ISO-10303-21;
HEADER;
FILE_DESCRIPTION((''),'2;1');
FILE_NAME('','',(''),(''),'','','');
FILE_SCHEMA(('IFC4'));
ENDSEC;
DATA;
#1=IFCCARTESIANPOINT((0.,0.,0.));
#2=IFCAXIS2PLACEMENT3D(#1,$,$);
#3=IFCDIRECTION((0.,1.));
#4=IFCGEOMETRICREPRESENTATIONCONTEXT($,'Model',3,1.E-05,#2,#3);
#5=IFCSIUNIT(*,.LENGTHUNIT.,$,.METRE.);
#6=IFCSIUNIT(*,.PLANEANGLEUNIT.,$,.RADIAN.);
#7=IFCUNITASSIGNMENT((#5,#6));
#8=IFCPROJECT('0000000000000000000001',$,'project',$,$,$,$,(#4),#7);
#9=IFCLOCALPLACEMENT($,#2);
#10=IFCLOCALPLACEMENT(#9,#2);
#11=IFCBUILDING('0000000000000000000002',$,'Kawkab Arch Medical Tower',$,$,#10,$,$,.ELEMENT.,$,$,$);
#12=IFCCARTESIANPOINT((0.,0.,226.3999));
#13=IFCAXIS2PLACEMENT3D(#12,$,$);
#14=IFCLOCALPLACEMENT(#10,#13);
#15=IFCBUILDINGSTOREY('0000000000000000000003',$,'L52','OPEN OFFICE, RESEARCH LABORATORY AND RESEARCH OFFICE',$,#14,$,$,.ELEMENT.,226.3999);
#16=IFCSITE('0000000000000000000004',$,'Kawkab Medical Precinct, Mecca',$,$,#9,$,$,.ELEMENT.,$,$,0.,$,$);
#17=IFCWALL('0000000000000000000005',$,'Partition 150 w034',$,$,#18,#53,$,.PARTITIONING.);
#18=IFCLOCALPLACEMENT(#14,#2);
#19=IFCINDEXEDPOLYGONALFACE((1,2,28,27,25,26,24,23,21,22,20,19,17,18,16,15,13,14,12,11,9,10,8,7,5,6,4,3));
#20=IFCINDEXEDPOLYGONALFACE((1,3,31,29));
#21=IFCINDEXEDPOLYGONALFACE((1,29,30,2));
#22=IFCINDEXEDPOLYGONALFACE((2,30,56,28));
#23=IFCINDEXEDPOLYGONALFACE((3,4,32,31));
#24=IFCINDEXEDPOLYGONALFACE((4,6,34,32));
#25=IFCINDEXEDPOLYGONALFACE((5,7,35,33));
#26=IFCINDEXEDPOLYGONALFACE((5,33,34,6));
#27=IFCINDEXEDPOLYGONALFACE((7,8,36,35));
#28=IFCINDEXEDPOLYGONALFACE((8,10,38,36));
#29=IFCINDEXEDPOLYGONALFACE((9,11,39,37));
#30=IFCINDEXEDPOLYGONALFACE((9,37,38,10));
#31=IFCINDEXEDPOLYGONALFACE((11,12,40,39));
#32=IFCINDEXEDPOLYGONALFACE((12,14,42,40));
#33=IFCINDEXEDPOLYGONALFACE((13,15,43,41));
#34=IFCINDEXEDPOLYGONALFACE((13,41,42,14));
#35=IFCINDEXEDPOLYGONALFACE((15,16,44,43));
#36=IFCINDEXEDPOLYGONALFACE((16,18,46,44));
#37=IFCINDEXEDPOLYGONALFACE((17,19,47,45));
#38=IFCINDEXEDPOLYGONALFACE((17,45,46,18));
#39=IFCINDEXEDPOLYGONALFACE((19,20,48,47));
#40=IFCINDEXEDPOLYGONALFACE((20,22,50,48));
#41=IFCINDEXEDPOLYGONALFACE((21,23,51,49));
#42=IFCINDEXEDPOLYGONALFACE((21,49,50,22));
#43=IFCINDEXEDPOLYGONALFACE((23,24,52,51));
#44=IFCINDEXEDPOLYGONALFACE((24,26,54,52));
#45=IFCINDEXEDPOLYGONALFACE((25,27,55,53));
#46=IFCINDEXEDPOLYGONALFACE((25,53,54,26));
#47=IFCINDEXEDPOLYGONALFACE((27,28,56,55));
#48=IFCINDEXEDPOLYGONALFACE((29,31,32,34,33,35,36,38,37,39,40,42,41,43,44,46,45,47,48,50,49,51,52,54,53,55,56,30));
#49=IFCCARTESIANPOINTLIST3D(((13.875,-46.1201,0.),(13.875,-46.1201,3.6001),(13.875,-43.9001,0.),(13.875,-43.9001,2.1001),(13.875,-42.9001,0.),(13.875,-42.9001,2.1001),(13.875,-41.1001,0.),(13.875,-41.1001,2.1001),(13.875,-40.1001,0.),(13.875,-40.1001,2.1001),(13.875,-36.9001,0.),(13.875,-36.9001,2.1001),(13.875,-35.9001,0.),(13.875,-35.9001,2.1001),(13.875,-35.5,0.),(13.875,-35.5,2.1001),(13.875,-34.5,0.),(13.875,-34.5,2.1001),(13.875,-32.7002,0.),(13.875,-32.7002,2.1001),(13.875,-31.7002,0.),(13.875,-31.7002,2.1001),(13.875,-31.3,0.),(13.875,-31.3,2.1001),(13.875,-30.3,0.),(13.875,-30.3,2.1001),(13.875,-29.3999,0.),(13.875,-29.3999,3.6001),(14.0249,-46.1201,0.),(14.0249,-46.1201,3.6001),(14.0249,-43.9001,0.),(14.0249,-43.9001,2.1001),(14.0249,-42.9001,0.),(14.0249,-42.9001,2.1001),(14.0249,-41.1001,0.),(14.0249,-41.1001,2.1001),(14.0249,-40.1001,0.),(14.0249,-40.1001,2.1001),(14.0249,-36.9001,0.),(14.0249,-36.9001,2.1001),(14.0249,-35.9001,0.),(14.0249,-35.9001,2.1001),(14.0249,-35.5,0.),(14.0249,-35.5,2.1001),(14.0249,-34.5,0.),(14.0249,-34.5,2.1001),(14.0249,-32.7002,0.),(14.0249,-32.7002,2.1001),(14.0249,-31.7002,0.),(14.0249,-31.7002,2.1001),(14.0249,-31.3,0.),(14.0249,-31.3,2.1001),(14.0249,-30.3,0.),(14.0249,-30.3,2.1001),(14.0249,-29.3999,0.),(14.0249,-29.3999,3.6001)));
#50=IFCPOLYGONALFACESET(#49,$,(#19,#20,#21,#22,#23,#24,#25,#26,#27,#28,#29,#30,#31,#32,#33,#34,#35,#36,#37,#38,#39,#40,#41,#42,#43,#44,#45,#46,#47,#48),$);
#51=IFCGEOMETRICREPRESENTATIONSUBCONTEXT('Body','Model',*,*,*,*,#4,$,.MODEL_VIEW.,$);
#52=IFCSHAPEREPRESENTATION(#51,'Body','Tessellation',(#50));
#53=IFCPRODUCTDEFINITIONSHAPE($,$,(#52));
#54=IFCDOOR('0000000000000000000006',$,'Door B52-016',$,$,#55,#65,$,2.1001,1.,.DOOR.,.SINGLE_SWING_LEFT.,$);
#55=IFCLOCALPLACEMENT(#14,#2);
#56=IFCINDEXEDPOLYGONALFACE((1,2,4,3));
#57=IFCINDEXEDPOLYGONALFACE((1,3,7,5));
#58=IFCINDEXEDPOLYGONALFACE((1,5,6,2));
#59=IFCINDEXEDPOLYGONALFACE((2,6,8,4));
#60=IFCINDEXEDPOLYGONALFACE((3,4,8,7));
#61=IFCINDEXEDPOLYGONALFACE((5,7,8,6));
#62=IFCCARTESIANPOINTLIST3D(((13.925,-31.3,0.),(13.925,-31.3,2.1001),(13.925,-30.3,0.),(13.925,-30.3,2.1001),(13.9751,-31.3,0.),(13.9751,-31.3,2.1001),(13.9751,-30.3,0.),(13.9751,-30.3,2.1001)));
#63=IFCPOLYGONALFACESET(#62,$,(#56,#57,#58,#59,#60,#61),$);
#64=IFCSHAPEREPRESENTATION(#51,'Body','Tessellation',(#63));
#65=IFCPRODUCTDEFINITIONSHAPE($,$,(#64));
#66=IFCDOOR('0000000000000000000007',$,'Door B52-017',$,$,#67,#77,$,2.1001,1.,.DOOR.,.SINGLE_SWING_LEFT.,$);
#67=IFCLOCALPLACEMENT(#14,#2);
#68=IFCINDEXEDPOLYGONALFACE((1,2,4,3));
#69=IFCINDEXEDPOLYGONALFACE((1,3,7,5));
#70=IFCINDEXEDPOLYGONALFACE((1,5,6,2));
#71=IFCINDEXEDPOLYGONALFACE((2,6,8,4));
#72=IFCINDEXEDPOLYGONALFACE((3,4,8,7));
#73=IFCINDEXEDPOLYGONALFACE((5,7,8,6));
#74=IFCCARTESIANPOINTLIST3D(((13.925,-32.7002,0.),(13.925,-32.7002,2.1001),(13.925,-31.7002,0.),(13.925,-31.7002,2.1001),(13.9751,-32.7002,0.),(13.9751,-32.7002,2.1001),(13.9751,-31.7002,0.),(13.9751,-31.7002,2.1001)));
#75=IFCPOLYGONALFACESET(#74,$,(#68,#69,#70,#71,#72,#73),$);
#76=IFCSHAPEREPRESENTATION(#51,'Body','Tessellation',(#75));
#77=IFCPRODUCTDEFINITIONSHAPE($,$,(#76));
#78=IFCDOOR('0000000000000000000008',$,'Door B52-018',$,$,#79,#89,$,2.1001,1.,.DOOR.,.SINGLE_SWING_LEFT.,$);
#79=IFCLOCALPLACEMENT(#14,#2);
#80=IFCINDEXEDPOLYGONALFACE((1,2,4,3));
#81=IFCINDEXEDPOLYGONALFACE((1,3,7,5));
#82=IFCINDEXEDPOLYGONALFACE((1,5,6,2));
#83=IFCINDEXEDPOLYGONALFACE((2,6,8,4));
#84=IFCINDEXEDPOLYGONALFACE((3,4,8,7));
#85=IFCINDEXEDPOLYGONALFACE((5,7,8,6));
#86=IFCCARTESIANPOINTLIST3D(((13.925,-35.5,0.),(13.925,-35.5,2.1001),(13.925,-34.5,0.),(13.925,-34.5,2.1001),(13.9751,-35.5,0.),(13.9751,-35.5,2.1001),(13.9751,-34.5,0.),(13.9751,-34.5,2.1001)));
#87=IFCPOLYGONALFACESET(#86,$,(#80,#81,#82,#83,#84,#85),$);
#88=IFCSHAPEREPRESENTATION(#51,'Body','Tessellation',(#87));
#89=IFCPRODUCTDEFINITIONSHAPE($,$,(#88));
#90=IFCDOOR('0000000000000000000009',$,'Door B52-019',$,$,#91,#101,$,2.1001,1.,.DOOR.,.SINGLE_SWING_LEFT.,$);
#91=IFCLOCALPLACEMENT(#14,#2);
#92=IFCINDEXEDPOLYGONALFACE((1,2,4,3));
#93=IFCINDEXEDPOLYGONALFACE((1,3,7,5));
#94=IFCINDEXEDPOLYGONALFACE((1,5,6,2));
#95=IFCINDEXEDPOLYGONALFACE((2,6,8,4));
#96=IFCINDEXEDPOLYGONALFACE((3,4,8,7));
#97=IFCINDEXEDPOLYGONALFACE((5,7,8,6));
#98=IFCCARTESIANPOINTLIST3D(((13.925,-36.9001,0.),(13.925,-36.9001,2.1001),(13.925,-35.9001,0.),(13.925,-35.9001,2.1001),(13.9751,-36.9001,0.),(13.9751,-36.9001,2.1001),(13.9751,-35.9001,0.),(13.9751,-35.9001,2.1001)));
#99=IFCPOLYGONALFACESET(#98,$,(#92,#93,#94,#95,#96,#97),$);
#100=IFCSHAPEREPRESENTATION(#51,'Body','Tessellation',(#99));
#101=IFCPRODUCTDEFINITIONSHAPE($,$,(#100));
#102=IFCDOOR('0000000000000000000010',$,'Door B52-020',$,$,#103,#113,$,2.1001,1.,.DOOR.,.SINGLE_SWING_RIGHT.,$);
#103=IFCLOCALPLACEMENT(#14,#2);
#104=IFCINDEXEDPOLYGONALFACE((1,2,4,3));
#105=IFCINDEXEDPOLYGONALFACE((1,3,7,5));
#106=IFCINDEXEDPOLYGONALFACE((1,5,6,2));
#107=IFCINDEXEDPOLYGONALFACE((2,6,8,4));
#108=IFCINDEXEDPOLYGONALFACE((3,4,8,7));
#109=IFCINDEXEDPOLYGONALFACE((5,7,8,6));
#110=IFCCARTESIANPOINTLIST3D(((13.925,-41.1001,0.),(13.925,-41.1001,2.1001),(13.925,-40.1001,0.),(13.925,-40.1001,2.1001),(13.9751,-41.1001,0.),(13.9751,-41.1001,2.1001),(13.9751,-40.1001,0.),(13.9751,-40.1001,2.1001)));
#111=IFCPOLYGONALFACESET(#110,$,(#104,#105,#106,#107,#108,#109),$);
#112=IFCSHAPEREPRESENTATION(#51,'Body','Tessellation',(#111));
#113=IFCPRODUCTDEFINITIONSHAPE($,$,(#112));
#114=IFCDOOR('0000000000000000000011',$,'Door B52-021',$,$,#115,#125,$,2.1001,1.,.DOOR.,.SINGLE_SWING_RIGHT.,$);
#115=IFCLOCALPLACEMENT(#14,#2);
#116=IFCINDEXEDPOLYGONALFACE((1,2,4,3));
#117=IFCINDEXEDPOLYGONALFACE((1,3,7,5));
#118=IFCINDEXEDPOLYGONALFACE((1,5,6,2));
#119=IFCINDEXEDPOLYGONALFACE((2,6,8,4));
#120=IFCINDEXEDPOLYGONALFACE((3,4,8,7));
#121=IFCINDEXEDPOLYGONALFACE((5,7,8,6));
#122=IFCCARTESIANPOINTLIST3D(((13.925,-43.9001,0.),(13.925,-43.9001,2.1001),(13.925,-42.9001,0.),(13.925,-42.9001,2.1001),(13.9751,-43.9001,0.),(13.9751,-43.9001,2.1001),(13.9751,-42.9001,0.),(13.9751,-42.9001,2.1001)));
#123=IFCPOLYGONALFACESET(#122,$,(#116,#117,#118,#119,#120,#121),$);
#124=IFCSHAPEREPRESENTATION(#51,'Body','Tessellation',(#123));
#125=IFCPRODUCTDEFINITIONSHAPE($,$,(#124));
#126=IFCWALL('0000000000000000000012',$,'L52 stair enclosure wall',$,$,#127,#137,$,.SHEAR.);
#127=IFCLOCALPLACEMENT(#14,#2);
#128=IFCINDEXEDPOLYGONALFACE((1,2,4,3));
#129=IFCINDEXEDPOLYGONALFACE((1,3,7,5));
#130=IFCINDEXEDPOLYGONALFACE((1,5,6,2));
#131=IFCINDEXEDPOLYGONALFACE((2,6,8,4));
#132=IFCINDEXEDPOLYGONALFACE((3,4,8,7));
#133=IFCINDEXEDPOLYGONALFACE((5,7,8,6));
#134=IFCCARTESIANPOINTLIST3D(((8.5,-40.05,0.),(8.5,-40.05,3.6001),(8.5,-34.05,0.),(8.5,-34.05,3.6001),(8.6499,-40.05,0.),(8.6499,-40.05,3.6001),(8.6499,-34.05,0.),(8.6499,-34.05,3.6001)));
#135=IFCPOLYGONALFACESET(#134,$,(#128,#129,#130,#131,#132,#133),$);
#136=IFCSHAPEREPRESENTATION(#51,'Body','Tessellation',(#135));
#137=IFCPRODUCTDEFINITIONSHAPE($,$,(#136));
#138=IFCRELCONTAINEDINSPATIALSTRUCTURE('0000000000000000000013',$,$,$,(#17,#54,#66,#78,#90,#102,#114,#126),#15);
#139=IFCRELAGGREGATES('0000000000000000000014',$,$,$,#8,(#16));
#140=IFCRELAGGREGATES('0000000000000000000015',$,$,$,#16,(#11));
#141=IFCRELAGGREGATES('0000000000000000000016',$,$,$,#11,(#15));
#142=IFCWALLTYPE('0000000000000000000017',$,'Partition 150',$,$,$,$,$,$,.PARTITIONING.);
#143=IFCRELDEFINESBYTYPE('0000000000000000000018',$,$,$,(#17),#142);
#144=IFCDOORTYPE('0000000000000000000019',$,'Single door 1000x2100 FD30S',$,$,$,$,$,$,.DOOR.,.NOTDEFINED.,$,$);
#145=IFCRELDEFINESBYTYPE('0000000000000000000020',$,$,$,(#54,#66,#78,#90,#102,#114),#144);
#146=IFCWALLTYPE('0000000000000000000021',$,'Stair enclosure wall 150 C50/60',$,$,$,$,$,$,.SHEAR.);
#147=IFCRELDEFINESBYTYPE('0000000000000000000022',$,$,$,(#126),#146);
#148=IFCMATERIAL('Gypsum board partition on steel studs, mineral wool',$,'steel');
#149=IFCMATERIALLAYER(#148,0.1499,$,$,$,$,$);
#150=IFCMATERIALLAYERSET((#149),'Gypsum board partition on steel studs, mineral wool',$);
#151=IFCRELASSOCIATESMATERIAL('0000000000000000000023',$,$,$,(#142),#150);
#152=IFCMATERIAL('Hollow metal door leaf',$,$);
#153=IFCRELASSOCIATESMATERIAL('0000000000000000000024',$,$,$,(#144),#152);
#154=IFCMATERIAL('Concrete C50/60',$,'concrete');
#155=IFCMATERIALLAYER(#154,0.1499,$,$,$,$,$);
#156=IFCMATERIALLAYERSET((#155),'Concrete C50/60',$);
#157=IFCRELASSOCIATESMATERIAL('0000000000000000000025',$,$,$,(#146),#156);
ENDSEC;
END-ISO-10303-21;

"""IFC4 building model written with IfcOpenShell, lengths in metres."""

from ifc_helpers import new_model, si_unit, direction, frame, frame_2d, origin, place, context, subcontext, project, spatial, rectangle, extrude, material, layer, layer_set, type_object, element, fill, save


model = new_model("IFC4")

# Units and contexts
model_context = context("Model", 3, precision=1e-05, world=origin(), true_north=direction((0.0, 1.0)))
body_context = subcontext(model_context, "Body", "Model", "MODEL_VIEW")
ifc_project = project(units=[si_unit("LENGTHUNIT", "METRE"), si_unit("PLANEANGLEUNIT", "RADIAN")], contexts=[model_context])

# Site, building, storey
site_placement = place(None, origin())
site = spatial("IfcSite", under=ifc_project, at=site_placement, Name="Kawkab Medical Precinct, Mecca", CompositionType="ELEMENT", RefElevation=0.0)
building_placement = place(site_placement, origin())
building = spatial("IfcBuilding", under=site, at=building_placement, Name="Kawkab Arch Medical Tower", CompositionType="ELEMENT")
storey_placement = place(building_placement, frame((0.0, 0.0, 226.3999)))
storey = spatial("IfcBuildingStorey", under=building, at=storey_placement, Name="L52", Description="OPEN OFFICE, RESEARCH LABORATORY AND RESEARCH OFFICE", CompositionType="ELEMENT", Elevation=226.3999)

# Shared definitions
ifc_material_1 = material(Name="Gypsum board partition on steel studs, mineral wool", Category="steel")
ifc_layer_1 = layer(ifc_material_1, 0.1499)
ifc_layer_set_1 = layer_set([ifc_layer_1], Name="Gypsum board partition on steel studs, mineral wool")
wall_type_1 = type_object("IfcWallType", Name="Partition 150", PredefinedType="PARTITIONING", material=ifc_layer_set_1)

# Shared definitions
ifc_material_2 = material(Name="Hollow metal door leaf")
door_type = type_object("IfcDoorType", Name="Single door 1000x2100 FD30S", OperationType="NOTDEFINED", PredefinedType="DOOR", material=ifc_material_2)

# Wall, openings, doors
wall_1_placement = place(storey_placement, frame((13.95, -46.1201, 0.0), z_axis=(0.0, 0.0, 1.0), x_axis=(0.0, 1.0, 0.0)))
wall_1 = element("IfcWall", 1, at=wall_1_placement, inside=storey, type_object=wall_type_1, Name="Partition 150 w034", PredefinedType="PARTITIONING", context=body_context, shape_type="SweptSolid", body=[
    extrude(rectangle(XDim=16.7202, YDim=0.1499, at=frame_2d((8.3601, 0.0))), origin(), (0.0, 0.0, 1.0), 3.6001),
])
opening_1_placement = place(wall_1_placement, frame((14.8201, 0.0, 0.0)))
opening_1 = element("IfcOpeningElement", 2, at=opening_1_placement, cuts=wall_1, PredefinedType="OPENING", context=body_context, shape_type="SweptSolid", body=[
    extrude(rectangle(XDim=1.0, YDim=2.1001, at=frame_2d((0.5, 1.05))), frame((0.0, 0.085, 0.0), z_axis=(0.0, -1.0, 0.0), x_axis=(1.0, 0.0, 0.0)), (0.0, 0.0, 1.0), 0.1699),
])
opening_2_placement = place(wall_1_placement, frame((13.4199, 0.0, 0.0)))
opening_2 = element("IfcOpeningElement", 3, at=opening_2_placement, cuts=wall_1, PredefinedType="OPENING", context=body_context, shape_type="SweptSolid", body=[
    extrude(rectangle(XDim=1.0, YDim=2.1001, at=frame_2d((0.5, 1.05))), frame((0.0, 0.085, 0.0), z_axis=(0.0, -1.0, 0.0), x_axis=(1.0, 0.0, 0.0)), (0.0, 0.0, 1.0), 0.1699),
])
opening_3_placement = place(wall_1_placement, frame((10.6201, 0.0, 0.0)))
opening_3 = element("IfcOpeningElement", 4, at=opening_3_placement, cuts=wall_1, PredefinedType="OPENING", context=body_context, shape_type="SweptSolid", body=[
    extrude(rectangle(XDim=1.0, YDim=2.1001, at=frame_2d((0.5, 1.05))), frame((0.0, 0.085, 0.0), z_axis=(0.0, -1.0, 0.0), x_axis=(1.0, 0.0, 0.0)), (0.0, 0.0, 1.0), 0.1699),
])
opening_4_placement = place(wall_1_placement, frame((9.22, 0.0, 0.0)))
opening_4 = element("IfcOpeningElement", 5, at=opening_4_placement, cuts=wall_1, PredefinedType="OPENING", context=body_context, shape_type="SweptSolid", body=[
    extrude(rectangle(XDim=1.0, YDim=2.1001, at=frame_2d((0.5, 1.05))), frame((0.0, 0.085, 0.0), z_axis=(0.0, -1.0, 0.0), x_axis=(1.0, 0.0, 0.0)), (0.0, 0.0, 1.0), 0.1699),
])
opening_5_placement = place(wall_1_placement, frame((5.02, 0.0, 0.0)))
opening_5 = element("IfcOpeningElement", 6, at=opening_5_placement, cuts=wall_1, PredefinedType="OPENING", context=body_context, shape_type="SweptSolid", body=[
    extrude(rectangle(XDim=1.0, YDim=2.1001, at=frame_2d((0.5, 1.05))), frame((0.0, 0.085, 0.0), z_axis=(0.0, -1.0, 0.0), x_axis=(1.0, 0.0, 0.0)), (0.0, 0.0, 1.0), 0.1699),
])
opening_6_placement = place(wall_1_placement, frame((2.22, 0.0, 0.0)))
opening_6 = element("IfcOpeningElement", 7, at=opening_6_placement, cuts=wall_1, PredefinedType="OPENING", context=body_context, shape_type="SweptSolid", body=[
    extrude(rectangle(XDim=1.0, YDim=2.1001, at=frame_2d((0.5, 1.05))), frame((0.0, 0.085, 0.0), z_axis=(0.0, -1.0, 0.0), x_axis=(1.0, 0.0, 0.0)), (0.0, 0.0, 1.0), 0.1699),
])
door_1_placement = place(opening_1_placement, origin())
door_1 = element("IfcDoor", 8, at=door_1_placement, inside=storey, type_object=door_type, Name="Door B52-016", OperationType="SINGLE_SWING_LEFT", OverallHeight=2.1001, OverallWidth=1.0, PredefinedType="DOOR", context=body_context, shape_type="SweptSolid", body=[
    extrude(rectangle(XDim=1.0, YDim=2.1001, at=frame_2d((0.5, 1.05))), frame((0.0, 0.0249, 0.0), z_axis=(0.0, -1.0, 0.0), x_axis=(1.0, 0.0, 0.0)), (0.0, 0.0, 1.0), 0.05),
])
fill(opening_1, door_1)
door_2_placement = place(opening_2_placement, origin())
door_2 = element("IfcDoor", 9, at=door_2_placement, inside=storey, type_object=door_type, Name="Door B52-017", OperationType="SINGLE_SWING_LEFT", OverallHeight=2.1001, OverallWidth=1.0, PredefinedType="DOOR", context=body_context, shape_type="SweptSolid", body=[
    extrude(rectangle(XDim=1.0, YDim=2.1001, at=frame_2d((0.5, 1.05))), frame((0.0, 0.0249, 0.0), z_axis=(0.0, -1.0, 0.0), x_axis=(1.0, 0.0, 0.0)), (0.0, 0.0, 1.0), 0.05),
])
fill(opening_2, door_2)
door_3_placement = place(opening_3_placement, origin())
door_3 = element("IfcDoor", 10, at=door_3_placement, inside=storey, type_object=door_type, Name="Door B52-018", OperationType="SINGLE_SWING_LEFT", OverallHeight=2.1001, OverallWidth=1.0, PredefinedType="DOOR", context=body_context, shape_type="SweptSolid", body=[
    extrude(rectangle(XDim=1.0, YDim=2.1001, at=frame_2d((0.5, 1.05))), frame((0.0, 0.0249, 0.0), z_axis=(0.0, -1.0, 0.0), x_axis=(1.0, 0.0, 0.0)), (0.0, 0.0, 1.0), 0.05),
])
fill(opening_3, door_3)
door_4_placement = place(opening_4_placement, origin())
door_4 = element("IfcDoor", 11, at=door_4_placement, inside=storey, type_object=door_type, Name="Door B52-019", OperationType="SINGLE_SWING_LEFT", OverallHeight=2.1001, OverallWidth=1.0, PredefinedType="DOOR", context=body_context, shape_type="SweptSolid", body=[
    extrude(rectangle(XDim=1.0, YDim=2.1001, at=frame_2d((0.5, 1.05))), frame((0.0, 0.0249, 0.0), z_axis=(0.0, -1.0, 0.0), x_axis=(1.0, 0.0, 0.0)), (0.0, 0.0, 1.0), 0.05),
])
fill(opening_4, door_4)
door_5_placement = place(opening_5_placement, origin())
door_5 = element("IfcDoor", 12, at=door_5_placement, inside=storey, type_object=door_type, Name="Door B52-020", OperationType="SINGLE_SWING_RIGHT", OverallHeight=2.1001, OverallWidth=1.0, PredefinedType="DOOR", context=body_context, shape_type="SweptSolid", body=[
    extrude(rectangle(XDim=1.0, YDim=2.1001, at=frame_2d((0.5, 1.05))), frame((0.0, 0.0249, 0.0), z_axis=(0.0, -1.0, 0.0), x_axis=(1.0, 0.0, 0.0)), (0.0, 0.0, 1.0), 0.05),
])
fill(opening_5, door_5)
door_6_placement = place(opening_6_placement, origin())
door_6 = element("IfcDoor", 13, at=door_6_placement, inside=storey, type_object=door_type, Name="Door B52-021", OperationType="SINGLE_SWING_RIGHT", OverallHeight=2.1001, OverallWidth=1.0, PredefinedType="DOOR", context=body_context, shape_type="SweptSolid", body=[
    extrude(rectangle(XDim=1.0, YDim=2.1001, at=frame_2d((0.5, 1.05))), frame((0.0, 0.0249, 0.0), z_axis=(0.0, -1.0, 0.0), x_axis=(1.0, 0.0, 0.0)), (0.0, 0.0, 1.0), 0.05),
])
fill(opening_6, door_6)

# Wall
ifc_material_3 = material(Name="Concrete C50/60", Category="concrete")
ifc_layer_2 = layer(ifc_material_3, 0.1499)
ifc_layer_set_2 = layer_set([ifc_layer_2], Name="Concrete C50/60")
wall_type_2 = type_object("IfcWallType", Name="Stair enclosure wall 150 C50/60", PredefinedType="SHEAR", material=ifc_layer_set_2)
wall_2_placement = place(storey_placement, frame((8.575, -40.05, 0.0), z_axis=(0.0, 0.0, 1.0), x_axis=(0.0, 1.0, 0.0)))
element("IfcWall", 14, at=wall_2_placement, inside=storey, type_object=wall_type_2, Name="L52 stair enclosure wall", PredefinedType="SHEAR", context=body_context, shape_type="SweptSolid", body=[
    extrude(rectangle(XDim=6.0, YDim=0.1499, at=frame_2d((3.0, 0.0))), origin(), (0.0, 0.0, 1.0), 3.6001),
])

save(model, "model.ifc")
